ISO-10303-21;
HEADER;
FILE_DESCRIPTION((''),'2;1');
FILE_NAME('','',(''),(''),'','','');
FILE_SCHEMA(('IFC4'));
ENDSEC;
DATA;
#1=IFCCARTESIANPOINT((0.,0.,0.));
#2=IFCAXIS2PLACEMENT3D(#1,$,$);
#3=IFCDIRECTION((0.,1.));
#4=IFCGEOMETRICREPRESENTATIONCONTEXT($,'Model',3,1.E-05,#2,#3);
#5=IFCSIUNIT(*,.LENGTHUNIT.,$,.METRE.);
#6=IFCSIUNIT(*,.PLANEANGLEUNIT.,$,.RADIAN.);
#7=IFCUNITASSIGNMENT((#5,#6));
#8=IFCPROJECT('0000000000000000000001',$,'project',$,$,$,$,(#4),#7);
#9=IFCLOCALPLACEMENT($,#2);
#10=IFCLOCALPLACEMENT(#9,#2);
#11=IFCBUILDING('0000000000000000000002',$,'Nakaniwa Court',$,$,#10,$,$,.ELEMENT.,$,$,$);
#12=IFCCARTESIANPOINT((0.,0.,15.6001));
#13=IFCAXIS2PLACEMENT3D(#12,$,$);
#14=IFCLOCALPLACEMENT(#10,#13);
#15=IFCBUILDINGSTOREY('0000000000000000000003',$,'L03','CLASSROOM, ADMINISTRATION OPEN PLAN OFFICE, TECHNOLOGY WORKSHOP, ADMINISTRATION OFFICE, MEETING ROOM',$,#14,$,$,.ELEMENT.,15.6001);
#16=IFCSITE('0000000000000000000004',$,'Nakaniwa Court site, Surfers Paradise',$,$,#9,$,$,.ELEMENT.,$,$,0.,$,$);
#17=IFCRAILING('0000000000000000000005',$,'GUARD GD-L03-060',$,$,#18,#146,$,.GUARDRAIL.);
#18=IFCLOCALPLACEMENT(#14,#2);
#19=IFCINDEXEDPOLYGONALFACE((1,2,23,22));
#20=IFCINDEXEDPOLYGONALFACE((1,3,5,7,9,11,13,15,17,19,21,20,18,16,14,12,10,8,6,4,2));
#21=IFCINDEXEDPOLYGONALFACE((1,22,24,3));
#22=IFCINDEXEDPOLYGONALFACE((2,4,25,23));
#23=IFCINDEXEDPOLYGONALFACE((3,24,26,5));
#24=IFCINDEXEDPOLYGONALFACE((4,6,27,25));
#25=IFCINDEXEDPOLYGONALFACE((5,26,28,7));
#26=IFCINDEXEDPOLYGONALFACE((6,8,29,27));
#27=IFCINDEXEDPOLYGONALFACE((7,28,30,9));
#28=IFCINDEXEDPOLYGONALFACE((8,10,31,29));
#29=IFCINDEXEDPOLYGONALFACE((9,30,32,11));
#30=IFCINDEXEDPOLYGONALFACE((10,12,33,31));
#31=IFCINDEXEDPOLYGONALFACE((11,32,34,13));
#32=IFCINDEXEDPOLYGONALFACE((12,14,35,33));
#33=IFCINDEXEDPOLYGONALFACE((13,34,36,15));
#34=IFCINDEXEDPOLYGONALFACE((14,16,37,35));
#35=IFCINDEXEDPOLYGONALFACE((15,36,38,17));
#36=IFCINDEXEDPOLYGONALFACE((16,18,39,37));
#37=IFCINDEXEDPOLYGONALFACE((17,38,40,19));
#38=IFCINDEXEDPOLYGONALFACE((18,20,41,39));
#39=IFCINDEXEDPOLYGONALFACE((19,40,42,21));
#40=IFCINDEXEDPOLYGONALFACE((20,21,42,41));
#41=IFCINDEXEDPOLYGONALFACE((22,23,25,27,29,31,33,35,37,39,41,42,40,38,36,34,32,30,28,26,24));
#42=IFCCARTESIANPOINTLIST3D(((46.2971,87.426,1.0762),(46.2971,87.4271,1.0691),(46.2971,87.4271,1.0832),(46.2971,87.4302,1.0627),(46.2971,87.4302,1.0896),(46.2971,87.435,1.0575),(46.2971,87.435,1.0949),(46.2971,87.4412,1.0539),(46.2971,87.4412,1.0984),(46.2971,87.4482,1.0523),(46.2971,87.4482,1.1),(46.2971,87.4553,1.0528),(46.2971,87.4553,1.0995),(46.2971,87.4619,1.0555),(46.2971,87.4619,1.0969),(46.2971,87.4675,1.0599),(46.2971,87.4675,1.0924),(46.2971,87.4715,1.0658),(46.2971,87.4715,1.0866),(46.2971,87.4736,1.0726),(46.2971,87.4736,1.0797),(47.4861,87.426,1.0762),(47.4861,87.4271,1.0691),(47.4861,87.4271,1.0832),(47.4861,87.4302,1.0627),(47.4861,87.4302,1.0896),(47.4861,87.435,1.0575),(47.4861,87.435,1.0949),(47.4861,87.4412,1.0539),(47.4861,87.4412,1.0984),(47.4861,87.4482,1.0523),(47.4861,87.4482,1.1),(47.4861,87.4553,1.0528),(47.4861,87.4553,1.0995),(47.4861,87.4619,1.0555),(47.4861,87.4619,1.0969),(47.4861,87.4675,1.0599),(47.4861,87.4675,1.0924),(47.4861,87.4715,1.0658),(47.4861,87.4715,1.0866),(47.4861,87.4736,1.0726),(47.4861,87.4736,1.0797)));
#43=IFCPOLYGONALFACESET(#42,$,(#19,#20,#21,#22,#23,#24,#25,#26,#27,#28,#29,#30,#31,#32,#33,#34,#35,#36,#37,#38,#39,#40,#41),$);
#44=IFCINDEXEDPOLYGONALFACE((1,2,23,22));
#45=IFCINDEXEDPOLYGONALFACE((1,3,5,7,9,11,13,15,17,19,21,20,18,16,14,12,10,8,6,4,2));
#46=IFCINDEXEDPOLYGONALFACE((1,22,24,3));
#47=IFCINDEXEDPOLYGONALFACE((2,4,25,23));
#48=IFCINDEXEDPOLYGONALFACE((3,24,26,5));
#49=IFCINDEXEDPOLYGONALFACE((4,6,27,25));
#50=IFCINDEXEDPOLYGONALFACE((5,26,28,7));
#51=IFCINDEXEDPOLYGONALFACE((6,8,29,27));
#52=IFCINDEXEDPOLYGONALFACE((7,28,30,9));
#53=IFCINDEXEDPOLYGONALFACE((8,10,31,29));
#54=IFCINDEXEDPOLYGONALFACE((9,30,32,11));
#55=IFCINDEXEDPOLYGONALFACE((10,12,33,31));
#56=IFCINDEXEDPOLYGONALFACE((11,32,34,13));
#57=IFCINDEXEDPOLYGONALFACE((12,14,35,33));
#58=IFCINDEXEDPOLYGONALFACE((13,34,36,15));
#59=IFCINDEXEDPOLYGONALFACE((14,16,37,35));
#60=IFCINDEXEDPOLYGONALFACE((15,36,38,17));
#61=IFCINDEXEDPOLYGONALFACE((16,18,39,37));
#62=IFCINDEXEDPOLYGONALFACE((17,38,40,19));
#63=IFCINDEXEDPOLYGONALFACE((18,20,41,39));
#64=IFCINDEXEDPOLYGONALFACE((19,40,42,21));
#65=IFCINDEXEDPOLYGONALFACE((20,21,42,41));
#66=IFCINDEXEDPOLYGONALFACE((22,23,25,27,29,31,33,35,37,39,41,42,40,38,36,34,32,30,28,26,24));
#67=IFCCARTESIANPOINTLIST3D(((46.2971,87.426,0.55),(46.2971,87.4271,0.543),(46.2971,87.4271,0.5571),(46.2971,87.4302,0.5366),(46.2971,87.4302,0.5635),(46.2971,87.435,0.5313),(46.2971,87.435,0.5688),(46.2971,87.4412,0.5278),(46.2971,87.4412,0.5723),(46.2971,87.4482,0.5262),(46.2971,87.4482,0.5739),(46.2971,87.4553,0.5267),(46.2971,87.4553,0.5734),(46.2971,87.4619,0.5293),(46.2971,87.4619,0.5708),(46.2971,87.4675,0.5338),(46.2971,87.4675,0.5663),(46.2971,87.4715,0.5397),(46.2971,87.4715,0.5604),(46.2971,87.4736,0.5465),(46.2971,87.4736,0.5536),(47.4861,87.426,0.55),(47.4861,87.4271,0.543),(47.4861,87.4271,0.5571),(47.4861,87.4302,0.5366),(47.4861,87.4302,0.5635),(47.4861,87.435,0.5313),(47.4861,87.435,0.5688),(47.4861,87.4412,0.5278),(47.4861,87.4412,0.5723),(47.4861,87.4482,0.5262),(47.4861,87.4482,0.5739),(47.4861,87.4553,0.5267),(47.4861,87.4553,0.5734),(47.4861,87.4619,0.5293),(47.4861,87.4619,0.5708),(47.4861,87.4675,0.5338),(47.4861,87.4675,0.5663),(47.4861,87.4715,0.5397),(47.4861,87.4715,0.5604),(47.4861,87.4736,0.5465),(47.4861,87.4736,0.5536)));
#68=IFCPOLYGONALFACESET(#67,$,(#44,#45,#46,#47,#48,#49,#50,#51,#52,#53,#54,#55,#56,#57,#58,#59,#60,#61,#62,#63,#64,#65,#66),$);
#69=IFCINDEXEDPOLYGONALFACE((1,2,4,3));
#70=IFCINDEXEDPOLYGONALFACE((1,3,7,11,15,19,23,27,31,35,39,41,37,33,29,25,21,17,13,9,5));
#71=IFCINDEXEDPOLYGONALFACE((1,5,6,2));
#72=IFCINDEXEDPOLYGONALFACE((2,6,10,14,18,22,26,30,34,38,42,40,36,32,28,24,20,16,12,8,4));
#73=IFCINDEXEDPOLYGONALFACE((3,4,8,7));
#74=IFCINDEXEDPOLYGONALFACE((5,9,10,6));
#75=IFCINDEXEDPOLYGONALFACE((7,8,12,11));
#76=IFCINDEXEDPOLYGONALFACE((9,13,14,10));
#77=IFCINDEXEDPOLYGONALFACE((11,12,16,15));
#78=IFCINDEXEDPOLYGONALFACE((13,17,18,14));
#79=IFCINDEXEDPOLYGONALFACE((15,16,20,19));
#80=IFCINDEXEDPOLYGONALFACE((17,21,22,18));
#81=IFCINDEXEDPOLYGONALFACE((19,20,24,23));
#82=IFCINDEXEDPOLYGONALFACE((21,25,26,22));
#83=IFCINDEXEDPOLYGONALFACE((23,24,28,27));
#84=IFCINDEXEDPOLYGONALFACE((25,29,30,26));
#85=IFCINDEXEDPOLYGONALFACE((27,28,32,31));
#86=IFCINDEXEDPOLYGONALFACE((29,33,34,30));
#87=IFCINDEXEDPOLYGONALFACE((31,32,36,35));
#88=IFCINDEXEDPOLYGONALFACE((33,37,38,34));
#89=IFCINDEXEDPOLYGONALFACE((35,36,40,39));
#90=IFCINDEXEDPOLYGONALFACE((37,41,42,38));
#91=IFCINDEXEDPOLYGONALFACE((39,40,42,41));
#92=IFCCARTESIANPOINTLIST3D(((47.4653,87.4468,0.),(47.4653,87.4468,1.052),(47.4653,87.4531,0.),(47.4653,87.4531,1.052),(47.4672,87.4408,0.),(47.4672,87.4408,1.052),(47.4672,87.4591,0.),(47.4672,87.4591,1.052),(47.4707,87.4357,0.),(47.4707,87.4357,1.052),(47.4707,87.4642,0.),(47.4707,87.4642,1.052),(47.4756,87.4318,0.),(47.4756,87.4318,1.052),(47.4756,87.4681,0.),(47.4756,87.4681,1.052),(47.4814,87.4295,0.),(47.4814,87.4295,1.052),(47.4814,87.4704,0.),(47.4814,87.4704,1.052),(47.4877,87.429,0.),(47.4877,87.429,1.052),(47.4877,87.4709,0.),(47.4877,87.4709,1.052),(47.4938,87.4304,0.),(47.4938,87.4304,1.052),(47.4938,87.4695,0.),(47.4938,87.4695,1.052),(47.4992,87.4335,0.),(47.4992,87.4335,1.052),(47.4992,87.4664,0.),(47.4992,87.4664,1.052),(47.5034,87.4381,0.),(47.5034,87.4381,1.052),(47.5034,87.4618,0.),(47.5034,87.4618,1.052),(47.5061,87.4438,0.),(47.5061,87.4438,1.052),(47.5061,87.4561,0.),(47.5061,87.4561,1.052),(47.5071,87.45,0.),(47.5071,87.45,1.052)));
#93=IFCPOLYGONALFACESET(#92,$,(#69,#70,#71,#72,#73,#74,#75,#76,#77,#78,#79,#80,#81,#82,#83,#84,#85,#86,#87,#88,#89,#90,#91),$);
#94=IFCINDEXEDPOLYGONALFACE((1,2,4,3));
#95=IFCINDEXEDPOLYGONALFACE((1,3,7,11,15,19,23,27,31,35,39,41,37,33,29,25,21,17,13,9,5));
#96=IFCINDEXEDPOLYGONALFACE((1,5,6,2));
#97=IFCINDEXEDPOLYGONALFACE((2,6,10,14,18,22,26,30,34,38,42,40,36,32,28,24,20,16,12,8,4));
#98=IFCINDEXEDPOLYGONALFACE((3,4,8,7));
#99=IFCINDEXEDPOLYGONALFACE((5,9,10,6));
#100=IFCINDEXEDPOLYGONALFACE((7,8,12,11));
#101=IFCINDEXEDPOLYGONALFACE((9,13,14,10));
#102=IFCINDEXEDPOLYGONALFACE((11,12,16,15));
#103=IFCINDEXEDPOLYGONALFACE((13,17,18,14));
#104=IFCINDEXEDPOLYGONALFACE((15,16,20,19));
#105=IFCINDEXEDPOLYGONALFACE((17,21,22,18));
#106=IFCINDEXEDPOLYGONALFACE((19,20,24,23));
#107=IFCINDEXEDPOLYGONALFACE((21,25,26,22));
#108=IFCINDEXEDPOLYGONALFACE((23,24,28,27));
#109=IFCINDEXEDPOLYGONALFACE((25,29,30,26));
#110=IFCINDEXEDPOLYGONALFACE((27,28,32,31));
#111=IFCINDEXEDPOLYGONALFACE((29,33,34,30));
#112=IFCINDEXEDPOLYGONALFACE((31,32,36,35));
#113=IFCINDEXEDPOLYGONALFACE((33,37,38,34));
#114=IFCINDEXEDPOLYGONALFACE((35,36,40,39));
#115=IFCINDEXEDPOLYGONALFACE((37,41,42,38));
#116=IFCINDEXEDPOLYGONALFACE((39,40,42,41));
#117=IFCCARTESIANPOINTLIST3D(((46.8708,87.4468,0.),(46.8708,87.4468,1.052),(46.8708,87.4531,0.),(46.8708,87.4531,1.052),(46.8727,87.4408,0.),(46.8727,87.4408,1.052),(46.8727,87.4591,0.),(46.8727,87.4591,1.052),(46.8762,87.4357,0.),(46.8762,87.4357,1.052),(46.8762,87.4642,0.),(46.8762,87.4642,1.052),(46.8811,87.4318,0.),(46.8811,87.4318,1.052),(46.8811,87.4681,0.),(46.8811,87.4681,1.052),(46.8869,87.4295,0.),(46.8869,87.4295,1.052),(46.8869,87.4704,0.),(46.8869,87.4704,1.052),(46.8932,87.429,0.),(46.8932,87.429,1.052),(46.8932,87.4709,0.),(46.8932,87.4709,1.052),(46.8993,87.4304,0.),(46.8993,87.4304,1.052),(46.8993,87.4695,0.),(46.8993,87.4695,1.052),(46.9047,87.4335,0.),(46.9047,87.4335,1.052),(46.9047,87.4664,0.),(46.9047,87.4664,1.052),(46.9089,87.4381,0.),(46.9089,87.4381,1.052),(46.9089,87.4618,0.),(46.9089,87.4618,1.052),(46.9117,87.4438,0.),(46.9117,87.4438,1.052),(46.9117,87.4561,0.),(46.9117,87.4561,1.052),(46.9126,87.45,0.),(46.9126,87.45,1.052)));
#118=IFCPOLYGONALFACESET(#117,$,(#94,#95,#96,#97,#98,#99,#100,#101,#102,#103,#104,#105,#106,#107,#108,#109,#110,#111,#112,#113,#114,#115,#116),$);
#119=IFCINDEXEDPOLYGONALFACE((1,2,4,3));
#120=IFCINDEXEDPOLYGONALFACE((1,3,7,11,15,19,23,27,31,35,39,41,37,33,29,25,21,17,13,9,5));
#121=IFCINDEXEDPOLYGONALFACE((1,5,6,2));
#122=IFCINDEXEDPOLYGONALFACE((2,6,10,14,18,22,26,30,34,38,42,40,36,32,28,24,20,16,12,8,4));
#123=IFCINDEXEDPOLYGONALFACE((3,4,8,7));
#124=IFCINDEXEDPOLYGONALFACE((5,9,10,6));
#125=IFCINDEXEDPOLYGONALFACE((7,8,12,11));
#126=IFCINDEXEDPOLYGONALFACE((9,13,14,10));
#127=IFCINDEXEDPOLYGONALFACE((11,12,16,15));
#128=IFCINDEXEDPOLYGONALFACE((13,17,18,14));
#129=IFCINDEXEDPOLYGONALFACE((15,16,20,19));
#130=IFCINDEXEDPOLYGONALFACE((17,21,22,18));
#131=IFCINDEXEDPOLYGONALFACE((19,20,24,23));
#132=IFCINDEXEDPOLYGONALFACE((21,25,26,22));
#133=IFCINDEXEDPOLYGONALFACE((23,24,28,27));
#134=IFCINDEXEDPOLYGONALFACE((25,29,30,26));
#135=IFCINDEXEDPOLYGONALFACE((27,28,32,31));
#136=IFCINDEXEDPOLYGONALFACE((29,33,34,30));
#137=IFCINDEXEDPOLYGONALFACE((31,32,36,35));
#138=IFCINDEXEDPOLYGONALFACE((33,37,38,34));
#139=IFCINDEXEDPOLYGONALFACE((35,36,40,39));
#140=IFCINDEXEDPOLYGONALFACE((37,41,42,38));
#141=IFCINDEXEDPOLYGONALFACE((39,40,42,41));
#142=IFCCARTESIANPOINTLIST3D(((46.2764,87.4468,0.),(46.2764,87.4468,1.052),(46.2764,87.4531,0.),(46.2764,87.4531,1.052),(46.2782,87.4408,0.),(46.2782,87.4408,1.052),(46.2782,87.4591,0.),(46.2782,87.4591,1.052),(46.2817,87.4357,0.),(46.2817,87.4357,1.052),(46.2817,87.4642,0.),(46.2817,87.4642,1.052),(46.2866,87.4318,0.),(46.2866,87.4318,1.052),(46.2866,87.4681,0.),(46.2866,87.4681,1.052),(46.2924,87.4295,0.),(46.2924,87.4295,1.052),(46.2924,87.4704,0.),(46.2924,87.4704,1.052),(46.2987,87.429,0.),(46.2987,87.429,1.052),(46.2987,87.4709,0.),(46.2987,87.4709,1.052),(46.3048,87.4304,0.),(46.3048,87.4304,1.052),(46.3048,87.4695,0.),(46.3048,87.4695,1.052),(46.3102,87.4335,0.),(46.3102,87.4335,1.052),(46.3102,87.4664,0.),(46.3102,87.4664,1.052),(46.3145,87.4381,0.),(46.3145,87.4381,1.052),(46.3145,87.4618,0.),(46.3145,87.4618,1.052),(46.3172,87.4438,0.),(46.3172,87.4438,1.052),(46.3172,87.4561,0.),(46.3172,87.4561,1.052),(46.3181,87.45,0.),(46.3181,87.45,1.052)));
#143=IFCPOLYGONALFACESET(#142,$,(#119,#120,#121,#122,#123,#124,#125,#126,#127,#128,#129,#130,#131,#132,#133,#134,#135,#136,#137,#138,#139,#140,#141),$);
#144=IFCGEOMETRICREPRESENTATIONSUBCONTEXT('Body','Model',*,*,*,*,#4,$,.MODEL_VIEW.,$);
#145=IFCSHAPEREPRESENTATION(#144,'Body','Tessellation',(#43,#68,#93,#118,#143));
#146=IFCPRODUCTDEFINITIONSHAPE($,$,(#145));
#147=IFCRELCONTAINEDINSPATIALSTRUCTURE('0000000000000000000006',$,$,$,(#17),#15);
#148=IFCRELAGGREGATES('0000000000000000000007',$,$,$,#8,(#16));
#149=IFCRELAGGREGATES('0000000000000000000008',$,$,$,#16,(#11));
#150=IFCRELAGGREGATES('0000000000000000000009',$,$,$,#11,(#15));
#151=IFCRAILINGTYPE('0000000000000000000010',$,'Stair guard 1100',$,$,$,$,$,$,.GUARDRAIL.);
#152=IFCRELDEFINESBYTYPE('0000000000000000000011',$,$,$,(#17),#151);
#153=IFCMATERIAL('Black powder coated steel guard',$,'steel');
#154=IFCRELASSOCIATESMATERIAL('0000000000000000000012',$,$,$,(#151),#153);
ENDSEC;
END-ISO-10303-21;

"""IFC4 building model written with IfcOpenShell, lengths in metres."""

from ifc_helpers import new_model, si_unit, direction, frame, origin, origin_2d, place, context, subcontext, project, spatial, circle, extrude, material, type_object, element, save


model = new_model("IFC4")

# Units and contexts
model_context = context("Model", 3, precision=1e-05, world=origin(), true_north=direction((0.0, 1.0)))
body_context = subcontext(model_context, "Body", "Model", "MODEL_VIEW")
ifc_project = project(units=[si_unit("LENGTHUNIT", "METRE"), si_unit("PLANEANGLEUNIT", "RADIAN")], contexts=[model_context])

# Site, building, storey
site_placement = place(None, origin())
site = spatial("IfcSite", under=ifc_project, at=site_placement, Name="Nakaniwa Court site, Surfers Paradise", CompositionType="ELEMENT", RefElevation=0.0)
building_placement = place(site_placement, origin())
building = spatial("IfcBuilding", under=site, at=building_placement, Name="Nakaniwa Court", CompositionType="ELEMENT")
storey_placement = place(building_placement, frame((0.0, 0.0, 15.6001)))
storey = spatial("IfcBuildingStorey", under=building, at=storey_placement, Name="L03", Description="CLASSROOM, ADMINISTRATION OPEN PLAN OFFICE, TECHNOLOGY WORKSHOP, ADMINISTRATION OFFICE, MEETING ROOM", CompositionType="ELEMENT", Elevation=15.6001)

# Railing
ifc_material_1 = material(Name="Black powder coated steel guard", Category="steel")
railing_type_1 = type_object("IfcRailingType", Name="Stair guard 1100", PredefinedType="GUARDRAIL", material=ifc_material_1)
railing_1_placement = place(storey_placement, frame((47.4861, 87.45, 0.0)))
element("IfcRailing", 1, at=railing_1_placement, inside=storey, type_object=railing_type_1, Name="GUARD GD-L03-060", PredefinedType="GUARDRAIL", context=body_context, shape_type="SweptSolid", body=[
    extrude(circle(Radius=0.0239, at=origin_2d()), frame((0.0, 0.0, 1.0762), z_axis=(-1.0, 0.0, 0.0), x_axis=(0.0, -1.0, 0.0)), (0.0, 0.0, 1.0), 1.189),
    extrude(circle(Radius=0.0239, at=origin_2d()), frame((0.0, 0.0, 0.55), z_axis=(-1.0, 0.0, 0.0), x_axis=(0.0, -1.0, 0.0)), (0.0, 0.0, 1.0), 1.189),
    extrude(circle(Radius=0.021, at=origin_2d()), origin(), (0.0, 0.0, 1.0), 1.052),
    extrude(circle(Radius=0.021, at=origin_2d()), frame((-0.5945, 0.0, 0.0)), (0.0, 0.0, 1.0), 1.052),
    extrude(circle(Radius=0.021, at=origin_2d()), frame((-1.189, 0.0, 0.0)), (0.0, 0.0, 1.0), 1.052),
])

save(model, "model.ifc")
